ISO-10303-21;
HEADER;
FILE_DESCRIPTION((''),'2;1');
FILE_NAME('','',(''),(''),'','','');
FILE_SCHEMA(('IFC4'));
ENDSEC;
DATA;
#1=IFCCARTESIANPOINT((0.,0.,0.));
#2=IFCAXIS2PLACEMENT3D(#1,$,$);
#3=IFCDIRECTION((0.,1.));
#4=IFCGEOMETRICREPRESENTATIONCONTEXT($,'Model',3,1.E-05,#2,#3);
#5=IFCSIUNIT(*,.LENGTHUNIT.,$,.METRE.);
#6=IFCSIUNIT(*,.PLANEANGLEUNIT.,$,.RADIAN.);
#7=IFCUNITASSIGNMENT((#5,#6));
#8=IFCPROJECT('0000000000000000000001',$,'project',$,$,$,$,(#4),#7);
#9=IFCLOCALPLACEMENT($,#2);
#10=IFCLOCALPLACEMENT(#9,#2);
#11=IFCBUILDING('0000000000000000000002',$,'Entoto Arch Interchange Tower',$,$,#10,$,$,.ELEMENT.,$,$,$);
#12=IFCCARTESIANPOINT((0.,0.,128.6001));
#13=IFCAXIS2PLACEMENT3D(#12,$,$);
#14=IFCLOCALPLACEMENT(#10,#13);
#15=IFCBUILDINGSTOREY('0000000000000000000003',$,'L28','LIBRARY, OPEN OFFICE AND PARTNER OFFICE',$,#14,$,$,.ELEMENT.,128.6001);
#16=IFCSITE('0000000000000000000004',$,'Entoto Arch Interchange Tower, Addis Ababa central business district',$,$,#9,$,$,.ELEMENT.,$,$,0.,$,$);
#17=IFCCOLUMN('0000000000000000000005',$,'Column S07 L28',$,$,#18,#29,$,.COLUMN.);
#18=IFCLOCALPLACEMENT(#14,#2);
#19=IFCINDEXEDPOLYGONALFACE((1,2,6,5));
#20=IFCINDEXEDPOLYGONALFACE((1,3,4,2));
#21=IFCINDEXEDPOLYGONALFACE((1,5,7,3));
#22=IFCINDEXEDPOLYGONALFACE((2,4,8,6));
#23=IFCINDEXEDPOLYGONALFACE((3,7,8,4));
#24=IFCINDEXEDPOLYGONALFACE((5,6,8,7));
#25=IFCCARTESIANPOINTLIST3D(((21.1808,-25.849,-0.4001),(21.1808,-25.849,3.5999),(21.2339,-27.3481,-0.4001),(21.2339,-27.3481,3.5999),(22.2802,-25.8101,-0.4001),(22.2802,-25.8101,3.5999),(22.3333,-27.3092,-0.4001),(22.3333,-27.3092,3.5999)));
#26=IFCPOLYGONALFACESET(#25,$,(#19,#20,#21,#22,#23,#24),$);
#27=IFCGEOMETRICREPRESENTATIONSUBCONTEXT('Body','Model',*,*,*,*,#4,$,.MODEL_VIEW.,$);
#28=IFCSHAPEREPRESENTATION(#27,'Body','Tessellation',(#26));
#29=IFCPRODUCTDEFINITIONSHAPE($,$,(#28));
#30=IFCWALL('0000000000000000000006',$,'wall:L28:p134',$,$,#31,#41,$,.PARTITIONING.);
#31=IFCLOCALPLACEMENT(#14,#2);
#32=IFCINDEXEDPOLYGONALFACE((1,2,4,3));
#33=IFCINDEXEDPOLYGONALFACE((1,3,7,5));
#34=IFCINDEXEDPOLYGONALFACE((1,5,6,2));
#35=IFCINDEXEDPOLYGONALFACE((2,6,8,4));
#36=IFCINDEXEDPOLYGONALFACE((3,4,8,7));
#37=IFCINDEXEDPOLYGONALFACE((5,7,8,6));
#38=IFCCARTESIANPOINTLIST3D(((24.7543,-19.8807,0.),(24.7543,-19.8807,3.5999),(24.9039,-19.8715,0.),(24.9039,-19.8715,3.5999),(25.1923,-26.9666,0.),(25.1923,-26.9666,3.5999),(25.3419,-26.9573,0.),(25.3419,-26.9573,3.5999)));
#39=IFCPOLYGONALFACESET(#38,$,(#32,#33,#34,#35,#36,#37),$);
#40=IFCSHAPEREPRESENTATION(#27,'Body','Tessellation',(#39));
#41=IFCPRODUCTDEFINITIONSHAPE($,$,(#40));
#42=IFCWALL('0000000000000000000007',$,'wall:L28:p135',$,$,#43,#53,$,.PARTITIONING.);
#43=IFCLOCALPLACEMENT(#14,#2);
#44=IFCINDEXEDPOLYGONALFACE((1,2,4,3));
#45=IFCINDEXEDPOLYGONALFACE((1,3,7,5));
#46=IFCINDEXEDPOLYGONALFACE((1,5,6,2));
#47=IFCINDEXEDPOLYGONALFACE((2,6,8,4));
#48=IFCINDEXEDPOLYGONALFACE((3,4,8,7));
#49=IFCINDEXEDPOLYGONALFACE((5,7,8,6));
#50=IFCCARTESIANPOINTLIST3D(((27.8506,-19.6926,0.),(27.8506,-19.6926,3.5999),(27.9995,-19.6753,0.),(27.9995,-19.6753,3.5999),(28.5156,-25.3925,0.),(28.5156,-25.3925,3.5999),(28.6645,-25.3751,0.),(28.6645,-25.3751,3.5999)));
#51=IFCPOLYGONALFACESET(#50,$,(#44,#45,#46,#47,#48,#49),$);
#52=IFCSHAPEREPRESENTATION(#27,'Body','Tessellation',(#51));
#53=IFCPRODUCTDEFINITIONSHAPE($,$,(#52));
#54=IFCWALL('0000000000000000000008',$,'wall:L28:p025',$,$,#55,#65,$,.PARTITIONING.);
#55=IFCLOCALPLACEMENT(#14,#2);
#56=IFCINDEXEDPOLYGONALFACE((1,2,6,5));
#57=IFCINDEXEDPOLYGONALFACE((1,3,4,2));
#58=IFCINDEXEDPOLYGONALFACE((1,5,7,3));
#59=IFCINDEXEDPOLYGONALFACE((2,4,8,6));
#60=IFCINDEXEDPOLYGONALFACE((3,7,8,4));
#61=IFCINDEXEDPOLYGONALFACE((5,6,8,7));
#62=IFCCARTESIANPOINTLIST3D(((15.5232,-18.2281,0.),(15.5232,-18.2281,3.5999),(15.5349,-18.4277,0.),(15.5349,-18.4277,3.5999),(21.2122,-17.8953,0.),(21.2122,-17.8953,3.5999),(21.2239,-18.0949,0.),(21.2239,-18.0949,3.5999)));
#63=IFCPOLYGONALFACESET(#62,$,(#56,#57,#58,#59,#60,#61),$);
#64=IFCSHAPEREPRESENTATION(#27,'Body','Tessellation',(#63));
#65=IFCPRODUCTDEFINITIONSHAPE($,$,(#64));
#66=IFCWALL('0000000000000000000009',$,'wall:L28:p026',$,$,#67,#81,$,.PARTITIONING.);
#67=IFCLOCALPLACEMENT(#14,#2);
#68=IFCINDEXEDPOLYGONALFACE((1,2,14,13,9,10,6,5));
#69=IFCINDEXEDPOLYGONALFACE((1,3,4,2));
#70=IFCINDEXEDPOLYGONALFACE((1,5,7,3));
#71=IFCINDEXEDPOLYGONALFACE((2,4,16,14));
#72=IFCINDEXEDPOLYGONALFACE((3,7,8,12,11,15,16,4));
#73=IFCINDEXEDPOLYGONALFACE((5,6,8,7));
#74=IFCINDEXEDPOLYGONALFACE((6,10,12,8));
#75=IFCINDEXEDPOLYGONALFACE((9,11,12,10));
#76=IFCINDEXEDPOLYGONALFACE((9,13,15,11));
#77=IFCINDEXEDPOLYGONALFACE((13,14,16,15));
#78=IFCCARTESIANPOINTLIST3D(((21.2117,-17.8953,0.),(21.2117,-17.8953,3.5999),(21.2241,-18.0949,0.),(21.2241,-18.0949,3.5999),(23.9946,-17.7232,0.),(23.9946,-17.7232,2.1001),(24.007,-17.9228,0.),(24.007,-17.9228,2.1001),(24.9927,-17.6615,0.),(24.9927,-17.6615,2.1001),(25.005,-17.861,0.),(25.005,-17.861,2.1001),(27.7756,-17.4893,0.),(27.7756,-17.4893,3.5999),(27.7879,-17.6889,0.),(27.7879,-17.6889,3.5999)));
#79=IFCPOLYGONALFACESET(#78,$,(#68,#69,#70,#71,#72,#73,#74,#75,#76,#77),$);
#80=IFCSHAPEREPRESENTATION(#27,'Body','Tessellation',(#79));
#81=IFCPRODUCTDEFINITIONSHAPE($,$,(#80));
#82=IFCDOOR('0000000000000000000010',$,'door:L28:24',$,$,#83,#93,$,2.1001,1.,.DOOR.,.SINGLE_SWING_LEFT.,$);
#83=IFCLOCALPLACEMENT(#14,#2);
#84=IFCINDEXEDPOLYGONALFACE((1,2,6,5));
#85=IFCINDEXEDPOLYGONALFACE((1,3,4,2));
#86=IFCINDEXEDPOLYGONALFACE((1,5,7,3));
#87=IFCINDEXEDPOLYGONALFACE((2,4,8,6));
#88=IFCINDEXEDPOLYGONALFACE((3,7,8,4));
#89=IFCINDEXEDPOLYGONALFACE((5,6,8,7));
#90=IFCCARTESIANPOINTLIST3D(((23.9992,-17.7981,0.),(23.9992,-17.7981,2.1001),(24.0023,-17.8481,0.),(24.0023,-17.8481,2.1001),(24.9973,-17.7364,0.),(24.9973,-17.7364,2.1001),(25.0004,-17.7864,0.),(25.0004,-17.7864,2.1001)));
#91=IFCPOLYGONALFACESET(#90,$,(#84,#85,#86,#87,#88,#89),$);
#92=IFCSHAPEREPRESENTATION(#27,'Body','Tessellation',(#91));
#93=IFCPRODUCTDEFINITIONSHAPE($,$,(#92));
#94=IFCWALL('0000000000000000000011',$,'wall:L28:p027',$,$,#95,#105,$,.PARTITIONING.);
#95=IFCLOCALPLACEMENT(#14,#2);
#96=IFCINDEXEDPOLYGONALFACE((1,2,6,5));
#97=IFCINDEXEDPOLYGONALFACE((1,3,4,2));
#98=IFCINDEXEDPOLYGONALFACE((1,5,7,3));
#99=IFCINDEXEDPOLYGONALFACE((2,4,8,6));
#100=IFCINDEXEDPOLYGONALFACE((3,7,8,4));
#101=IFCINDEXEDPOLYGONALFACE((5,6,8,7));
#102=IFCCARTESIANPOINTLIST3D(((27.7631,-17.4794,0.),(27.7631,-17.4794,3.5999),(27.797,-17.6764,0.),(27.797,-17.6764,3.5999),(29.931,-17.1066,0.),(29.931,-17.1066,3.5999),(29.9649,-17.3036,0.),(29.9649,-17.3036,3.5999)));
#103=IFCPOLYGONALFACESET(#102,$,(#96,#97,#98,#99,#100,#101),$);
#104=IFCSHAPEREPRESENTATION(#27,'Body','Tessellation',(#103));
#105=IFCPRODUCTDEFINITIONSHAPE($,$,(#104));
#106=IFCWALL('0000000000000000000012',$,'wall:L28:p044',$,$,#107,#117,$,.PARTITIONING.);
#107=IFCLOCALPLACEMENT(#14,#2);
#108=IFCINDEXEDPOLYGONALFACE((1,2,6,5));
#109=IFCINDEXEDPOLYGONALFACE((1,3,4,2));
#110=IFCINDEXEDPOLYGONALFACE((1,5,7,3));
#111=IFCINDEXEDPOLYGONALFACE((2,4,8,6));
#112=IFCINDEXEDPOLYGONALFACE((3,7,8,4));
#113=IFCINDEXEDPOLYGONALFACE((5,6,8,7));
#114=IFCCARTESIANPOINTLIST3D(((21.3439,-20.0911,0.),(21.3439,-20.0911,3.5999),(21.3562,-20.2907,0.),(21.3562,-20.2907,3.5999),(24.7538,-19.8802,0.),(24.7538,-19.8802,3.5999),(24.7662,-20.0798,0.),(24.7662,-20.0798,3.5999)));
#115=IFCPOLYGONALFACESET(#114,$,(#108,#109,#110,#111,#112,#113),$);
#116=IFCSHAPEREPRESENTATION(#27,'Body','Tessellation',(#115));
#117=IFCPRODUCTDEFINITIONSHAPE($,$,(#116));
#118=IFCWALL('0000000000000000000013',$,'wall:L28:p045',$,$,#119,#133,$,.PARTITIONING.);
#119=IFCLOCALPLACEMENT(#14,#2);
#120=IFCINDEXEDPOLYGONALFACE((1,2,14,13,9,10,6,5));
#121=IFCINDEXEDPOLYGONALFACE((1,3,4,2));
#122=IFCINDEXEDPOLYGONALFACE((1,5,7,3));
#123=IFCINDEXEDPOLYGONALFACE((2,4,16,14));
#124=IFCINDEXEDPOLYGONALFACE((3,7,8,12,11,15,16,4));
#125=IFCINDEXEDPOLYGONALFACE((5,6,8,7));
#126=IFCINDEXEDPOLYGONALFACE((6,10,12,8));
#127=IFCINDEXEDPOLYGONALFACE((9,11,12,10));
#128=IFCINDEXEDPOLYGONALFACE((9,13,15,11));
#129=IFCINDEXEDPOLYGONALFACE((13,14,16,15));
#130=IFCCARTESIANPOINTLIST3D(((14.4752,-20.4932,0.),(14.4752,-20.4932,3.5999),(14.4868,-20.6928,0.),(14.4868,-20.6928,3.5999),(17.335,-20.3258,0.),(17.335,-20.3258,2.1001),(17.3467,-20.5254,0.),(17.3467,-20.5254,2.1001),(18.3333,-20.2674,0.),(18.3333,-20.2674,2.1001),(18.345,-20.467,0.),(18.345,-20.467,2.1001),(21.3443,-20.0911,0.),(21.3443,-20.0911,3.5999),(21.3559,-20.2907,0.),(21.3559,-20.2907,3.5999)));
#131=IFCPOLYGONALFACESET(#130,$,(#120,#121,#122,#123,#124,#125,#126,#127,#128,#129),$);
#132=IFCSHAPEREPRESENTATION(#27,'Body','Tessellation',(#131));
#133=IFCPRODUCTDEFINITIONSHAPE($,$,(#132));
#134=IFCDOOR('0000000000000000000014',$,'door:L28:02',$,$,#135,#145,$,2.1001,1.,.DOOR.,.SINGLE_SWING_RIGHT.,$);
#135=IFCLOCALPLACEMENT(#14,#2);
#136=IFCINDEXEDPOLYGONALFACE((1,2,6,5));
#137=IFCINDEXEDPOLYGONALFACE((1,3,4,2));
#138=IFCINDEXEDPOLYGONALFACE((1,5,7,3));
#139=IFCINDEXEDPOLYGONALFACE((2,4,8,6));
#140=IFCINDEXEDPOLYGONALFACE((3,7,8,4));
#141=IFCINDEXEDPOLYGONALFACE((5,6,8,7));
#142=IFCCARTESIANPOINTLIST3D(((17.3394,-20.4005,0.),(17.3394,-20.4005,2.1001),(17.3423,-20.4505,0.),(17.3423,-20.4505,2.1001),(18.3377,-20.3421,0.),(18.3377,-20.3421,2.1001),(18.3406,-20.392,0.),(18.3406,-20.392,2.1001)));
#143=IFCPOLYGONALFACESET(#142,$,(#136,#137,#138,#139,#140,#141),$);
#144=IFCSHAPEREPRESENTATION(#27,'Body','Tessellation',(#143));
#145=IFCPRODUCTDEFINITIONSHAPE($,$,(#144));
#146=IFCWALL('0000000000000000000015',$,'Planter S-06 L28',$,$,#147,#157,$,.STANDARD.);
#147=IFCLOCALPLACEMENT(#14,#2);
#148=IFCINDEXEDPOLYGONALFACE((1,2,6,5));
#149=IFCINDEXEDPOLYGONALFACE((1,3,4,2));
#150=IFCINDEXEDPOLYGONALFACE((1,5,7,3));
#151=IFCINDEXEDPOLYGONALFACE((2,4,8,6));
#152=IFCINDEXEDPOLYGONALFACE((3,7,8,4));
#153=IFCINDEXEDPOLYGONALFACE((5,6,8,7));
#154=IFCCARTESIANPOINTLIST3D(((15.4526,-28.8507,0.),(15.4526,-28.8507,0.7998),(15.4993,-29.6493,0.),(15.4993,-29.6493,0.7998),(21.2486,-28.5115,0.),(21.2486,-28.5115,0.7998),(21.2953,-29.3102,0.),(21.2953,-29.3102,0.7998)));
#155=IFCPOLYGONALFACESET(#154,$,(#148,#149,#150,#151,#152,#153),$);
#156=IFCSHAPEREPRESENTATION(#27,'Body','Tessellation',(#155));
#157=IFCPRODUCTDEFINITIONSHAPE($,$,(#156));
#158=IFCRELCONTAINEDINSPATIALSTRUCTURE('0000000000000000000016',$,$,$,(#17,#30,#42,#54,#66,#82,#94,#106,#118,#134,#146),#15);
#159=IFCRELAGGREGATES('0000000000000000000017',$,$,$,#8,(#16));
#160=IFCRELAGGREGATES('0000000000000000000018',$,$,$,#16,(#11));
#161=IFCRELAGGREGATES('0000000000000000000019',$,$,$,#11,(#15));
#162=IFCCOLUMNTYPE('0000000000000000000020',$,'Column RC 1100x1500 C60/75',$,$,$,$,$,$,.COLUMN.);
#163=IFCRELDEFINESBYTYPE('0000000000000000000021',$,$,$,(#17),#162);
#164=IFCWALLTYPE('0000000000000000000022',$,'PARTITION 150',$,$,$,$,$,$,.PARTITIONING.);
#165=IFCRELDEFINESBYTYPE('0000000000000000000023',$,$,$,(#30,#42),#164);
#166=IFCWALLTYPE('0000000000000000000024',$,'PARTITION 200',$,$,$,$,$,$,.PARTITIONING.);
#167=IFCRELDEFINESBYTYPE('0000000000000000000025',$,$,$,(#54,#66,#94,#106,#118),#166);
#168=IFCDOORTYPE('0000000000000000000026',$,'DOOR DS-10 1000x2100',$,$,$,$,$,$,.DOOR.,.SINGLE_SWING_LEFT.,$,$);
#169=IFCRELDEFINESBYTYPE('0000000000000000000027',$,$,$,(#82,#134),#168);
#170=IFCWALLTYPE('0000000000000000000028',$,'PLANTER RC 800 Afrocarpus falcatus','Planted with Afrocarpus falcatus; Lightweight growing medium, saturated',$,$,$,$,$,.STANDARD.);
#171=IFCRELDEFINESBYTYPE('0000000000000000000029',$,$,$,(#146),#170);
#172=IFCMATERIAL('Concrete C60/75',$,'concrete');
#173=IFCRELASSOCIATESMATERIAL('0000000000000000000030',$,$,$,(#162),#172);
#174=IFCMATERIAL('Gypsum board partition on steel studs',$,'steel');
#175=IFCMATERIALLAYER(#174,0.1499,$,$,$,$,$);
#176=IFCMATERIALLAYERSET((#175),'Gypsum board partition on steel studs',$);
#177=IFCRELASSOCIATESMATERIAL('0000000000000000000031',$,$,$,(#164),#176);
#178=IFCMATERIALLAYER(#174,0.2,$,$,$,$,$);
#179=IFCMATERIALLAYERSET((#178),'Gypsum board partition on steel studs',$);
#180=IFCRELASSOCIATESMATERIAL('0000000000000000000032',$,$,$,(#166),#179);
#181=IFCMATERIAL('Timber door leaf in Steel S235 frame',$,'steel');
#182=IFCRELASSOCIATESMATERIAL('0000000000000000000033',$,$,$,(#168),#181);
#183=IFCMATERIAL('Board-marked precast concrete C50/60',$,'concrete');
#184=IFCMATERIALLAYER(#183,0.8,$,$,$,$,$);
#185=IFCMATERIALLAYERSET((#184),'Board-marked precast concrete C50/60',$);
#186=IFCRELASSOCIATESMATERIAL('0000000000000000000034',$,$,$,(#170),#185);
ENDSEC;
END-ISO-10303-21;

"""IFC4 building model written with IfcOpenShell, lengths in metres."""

from ifc_helpers import new_model, si_unit, direction, frame, frame_2d, origin, origin_2d, place, context, subcontext, project, spatial, rectangle, extrude, material, layer, layer_set, material_profile, profile_set, type_object, element, fill, save


model = new_model("IFC4")

# Units and contexts
model_context = context("Model", 3, precision=1e-05, world=origin(), true_north=direction((0.0, 1.0)))
body_context = subcontext(model_context, "Body", "Model", "MODEL_VIEW")
ifc_project = project(units=[si_unit("LENGTHUNIT", "METRE"), si_unit("PLANEANGLEUNIT", "RADIAN")], contexts=[model_context])

# Site, building, storey
site_placement = place(None, origin())
site = spatial("IfcSite", under=ifc_project, at=site_placement, Name="Entoto Arch Interchange Tower, Addis Ababa central business district", CompositionType="ELEMENT", RefElevation=0.0)
building_placement = place(site_placement, origin())
building = spatial("IfcBuilding", under=site, at=building_placement, Name="Entoto Arch Interchange Tower", CompositionType="ELEMENT")
storey_placement = place(building_placement, frame((0.0, 0.0, 128.6001)))
storey = spatial("IfcBuildingStorey", under=building, at=storey_placement, Name="L28", Description="LIBRARY, OPEN OFFICE AND PARTNER OFFICE", CompositionType="ELEMENT", Elevation=128.6001)

# Column
ifc_material_1 = material(Name="Concrete C60/75", Category="concrete")
ifc_material_profile = material_profile(ifc_material_1, rectangle(XDim=1.1001, YDim=1.5, at=origin_2d()))
ifc_profile_set = profile_set([ifc_material_profile], Name="Concrete C60/75")
column_type = type_object("IfcColumnType", Name="Column RC 1100x1500 C60/75", PredefinedType="COLUMN", material=ifc_profile_set)
column_placement = place(storey_placement, frame((21.7571, -26.5791, -0.4001), z_axis=(0.0, 0.0, 1.0), x_axis=(0.999374, 0.035388, 0.0)))
element("IfcColumn", 1, at=column_placement, inside=storey, type_object=column_type, Name="Column S07 L28", PredefinedType="COLUMN", context=body_context, shape_type="SweptSolid", body=[
    extrude(rectangle(XDim=1.1001, YDim=1.5, at=origin_2d()), origin(), (0.0, 0.0, 1.0), 4.0),
])

# Walls
ifc_material_2 = material(Name="Gypsum board partition on steel studs", Category="steel")
ifc_layer_1 = layer(ifc_material_2, 0.1499)
ifc_layer_set_1 = layer_set([ifc_layer_1], Name="Gypsum board partition on steel studs")
wall_type_1 = type_object("IfcWallType", Name="PARTITION 150", PredefinedType="PARTITIONING", material=ifc_layer_set_1)
wall_1_placement = place(storey_placement, frame((24.8291, -19.876, 0.0), z_axis=(0.0, 0.0, 1.0), x_axis=(0.061693, -0.998095, 0.0)))
element("IfcWall", 2, at=wall_1_placement, inside=storey, type_object=wall_type_1, Name="wall:L28:p134", PredefinedType="PARTITIONING", context=body_context, shape_type="SweptSolid", body=[
    extrude(rectangle(XDim=7.0994, YDim=0.1499, at=frame_2d((3.5498, 0.0))), origin(), (0.0, 0.0, 1.0), 3.5999),
])
wall_2_placement = place(storey_placement, frame((27.925, -19.6841, 0.0), z_axis=(0.0, 0.0, 1.0), x_axis=(0.115888, -0.993262, 0.0)))
element("IfcWall", 3, at=wall_2_placement, inside=storey, type_object=wall_type_1, Name="wall:L28:p135", PredefinedType="PARTITIONING", context=body_context, shape_type="SweptSolid", body=[
    extrude(rectangle(XDim=5.7385, YDim=0.1499, at=frame_2d((2.8691, 0.0))), origin(), (0.0, 0.0, 1.0), 3.5999),
])
ifc_layer_2 = layer(ifc_material_2, 0.2)
ifc_layer_set_2 = layer_set([ifc_layer_2], Name="Gypsum board partition on steel studs")
wall_type_2 = type_object("IfcWallType", Name="PARTITION 200", PredefinedType="PARTITIONING", material=ifc_layer_set_2)
wall_3_placement = place(storey_placement, frame((15.5291, -18.3279, 0.0), z_axis=(0.0, 0.0, 1.0), x_axis=(0.998294, 0.058393, 0.0)))
element("IfcWall", 4, at=wall_3_placement, inside=storey, type_object=wall_type_2, Name="wall:L28:p025", PredefinedType="PARTITIONING", context=body_context, shape_type="SweptSolid", body=[
    extrude(rectangle(XDim=5.6987, YDim=0.2, at=frame_2d((2.8494, 0.0))), origin(), (0.0, 0.0, 1.0), 3.5999),
])

# Wall, opening, door
wall_4_placement = place(storey_placement, frame((21.218, -17.9951, 0.0), z_axis=(0.0, 0.0, 1.0), x_axis=(0.998093, 0.061736, 0.0)))
wall_4 = element("IfcWall", 5, at=wall_4_placement, inside=storey, type_object=wall_type_2, Name="wall:L28:p026", PredefinedType="PARTITIONING", context=body_context, shape_type="SweptSolid", body=[
    extrude(rectangle(XDim=6.5764, YDim=0.2, at=frame_2d((3.2881, 0.0))), origin(), (0.0, 0.0, 1.0), 3.5999),
])
opening_1_placement = place(wall_4_placement, frame((2.7881, 0.0, 0.0)))
opening_1 = element("IfcOpeningElement", 6, at=opening_1_placement, cuts=wall_4, PredefinedType="OPENING", context=body_context, shape_type="SweptSolid", body=[
    extrude(rectangle(XDim=1.0, YDim=2.1001, at=frame_2d((0.5, 1.05))), frame((0.0, 0.1099, 0.0), z_axis=(0.0, -1.0, 0.0), x_axis=(1.0, 0.0, 0.0)), (0.0, 0.0, 1.0), 0.22),
])
ifc_material_3 = material(Name="Timber door leaf in Steel S235 frame", Category="steel")
door_type_1 = type_object("IfcDoorType", Name="DOOR DS-10 1000x2100", OperationType="SINGLE_SWING_LEFT", PredefinedType="DOOR", material=ifc_material_3)
door_1_placement = place(opening_1_placement, origin())
door_1 = element("IfcDoor", 7, at=door_1_placement, inside=storey, type_object=door_type_1, Name="door:L28:24", OperationType="SINGLE_SWING_LEFT", OverallHeight=2.1001, OverallWidth=1.0, PredefinedType="DOOR", context=body_context, shape_type="SweptSolid", body=[
    extrude(rectangle(XDim=1.0, YDim=2.1001, at=frame_2d((0.5, 1.05))), frame((0.0, 0.0249, 0.0), z_axis=(0.0, -1.0, 0.0), x_axis=(1.0, 0.0, 0.0)), (0.0, 0.0, 1.0), 0.05),
])
fill(opening_1, door_1)

# Walls
wall_5_placement = place(storey_placement, frame((27.78, -17.5779, 0.0), z_axis=(0.0, 0.0, 1.0), x_axis=(0.985535, 0.169472, 0.0)))
element("IfcWall", 8, at=wall_5_placement, inside=storey, type_object=wall_type_2, Name="wall:L28:p027", PredefinedType="PARTITIONING", context=body_context, shape_type="SweptSolid", body=[
    extrude(rectangle(XDim=2.1997, YDim=0.2, at=frame_2d((1.0999, 0.0))), origin(), (0.0, 0.0, 1.0), 3.5999),
])
wall_6_placement = place(storey_placement, frame((24.76, -19.98, 0.0), z_axis=(0.0, 0.0, 1.0), x_axis=(-0.998092, -0.061742, 0.0)))
element("IfcWall", 9, at=wall_6_placement, inside=storey, type_object=wall_type_2, Name="wall:L28:p044", PredefinedType="PARTITIONING", context=body_context, shape_type="SweptSolid", body=[
    extrude(rectangle(XDim=3.4165, YDim=0.2, at=frame_2d((1.7083, 0.0))), origin(), (0.0, 0.0, 1.0), 3.5999),
])

# Wall, opening, door
wall_7_placement = place(storey_placement, frame((21.3501, -20.1909, 0.0), z_axis=(0.0, 0.0, 1.0), x_axis=(-0.998291, -0.058437, 0.0)))
wall_7 = element("IfcWall", 10, at=wall_7_placement, inside=storey, type_object=wall_type_2, Name="wall:L28:p045", PredefinedType="PARTITIONING", context=body_context, shape_type="SweptSolid", body=[
    extrude(rectangle(XDim=6.8809, YDim=0.2, at=frame_2d((3.4404, 0.0))), origin(), (0.0, 0.0, 1.0), 3.5999),
])
opening_2_placement = place(wall_7_placement, frame((3.0161, 0.0, 0.0)))
opening_2 = element("IfcOpeningElement", 11, at=opening_2_placement, cuts=wall_7, PredefinedType="OPENING", context=body_context, shape_type="SweptSolid", body=[
    extrude(rectangle(XDim=1.0, YDim=2.1001, at=frame_2d((0.5, 1.05))), frame((0.0, 0.1099, 0.0), z_axis=(0.0, -1.0, 0.0), x_axis=(1.0, 0.0, 0.0)), (0.0, 0.0, 1.0), 0.22),
])
door_2_placement = place(opening_2_placement, origin())
door_2 = element("IfcDoor", 12, at=door_2_placement, inside=storey, type_object=door_type_1, Name="door:L28:02", OperationType="SINGLE_SWING_RIGHT", OverallHeight=2.1001, OverallWidth=1.0, PredefinedType="DOOR", context=body_context, shape_type="SweptSolid", body=[
    extrude(rectangle(XDim=1.0, YDim=2.1001, at=frame_2d((0.5, 1.05))), frame((0.0, 0.0249, 0.0), z_axis=(0.0, -1.0, 0.0), x_axis=(1.0, 0.0, 0.0)), (0.0, 0.0, 1.0), 0.05),
])
fill(opening_2, door_2)

# Wall
ifc_material_4 = material(Name="Board-marked precast concrete C50/60", Category="concrete")
ifc_layer_3 = layer(ifc_material_4, 0.8)
ifc_layer_set_3 = layer_set([ifc_layer_3], Name="Board-marked precast concrete C50/60")
wall_type_3 = type_object("IfcWallType", Name="PLANTER RC 800 Afrocarpus falcatus", Description="Planted with Afrocarpus falcatus; Lightweight growing medium, saturated", PredefinedType="STANDARD", material=ifc_layer_set_3)
wall_8_placement = place(storey_placement, frame((15.4761, -29.25, 0.0), z_axis=(0.0, 0.0, 1.0), x_axis=(0.998293, 0.058409, 0.0)))
element("IfcWall", 13, at=wall_8_placement, inside=storey, type_object=wall_type_3, Name="Planter S-06 L28", PredefinedType="STANDARD", context=body_context, shape_type="SweptSolid", body=[
    extrude(rectangle(XDim=5.8059, YDim=0.8, at=frame_2d((2.9028, 0.0))), origin(), (0.0, 0.0, 1.0), 0.7998),
])

save(model, "model.ifc")
